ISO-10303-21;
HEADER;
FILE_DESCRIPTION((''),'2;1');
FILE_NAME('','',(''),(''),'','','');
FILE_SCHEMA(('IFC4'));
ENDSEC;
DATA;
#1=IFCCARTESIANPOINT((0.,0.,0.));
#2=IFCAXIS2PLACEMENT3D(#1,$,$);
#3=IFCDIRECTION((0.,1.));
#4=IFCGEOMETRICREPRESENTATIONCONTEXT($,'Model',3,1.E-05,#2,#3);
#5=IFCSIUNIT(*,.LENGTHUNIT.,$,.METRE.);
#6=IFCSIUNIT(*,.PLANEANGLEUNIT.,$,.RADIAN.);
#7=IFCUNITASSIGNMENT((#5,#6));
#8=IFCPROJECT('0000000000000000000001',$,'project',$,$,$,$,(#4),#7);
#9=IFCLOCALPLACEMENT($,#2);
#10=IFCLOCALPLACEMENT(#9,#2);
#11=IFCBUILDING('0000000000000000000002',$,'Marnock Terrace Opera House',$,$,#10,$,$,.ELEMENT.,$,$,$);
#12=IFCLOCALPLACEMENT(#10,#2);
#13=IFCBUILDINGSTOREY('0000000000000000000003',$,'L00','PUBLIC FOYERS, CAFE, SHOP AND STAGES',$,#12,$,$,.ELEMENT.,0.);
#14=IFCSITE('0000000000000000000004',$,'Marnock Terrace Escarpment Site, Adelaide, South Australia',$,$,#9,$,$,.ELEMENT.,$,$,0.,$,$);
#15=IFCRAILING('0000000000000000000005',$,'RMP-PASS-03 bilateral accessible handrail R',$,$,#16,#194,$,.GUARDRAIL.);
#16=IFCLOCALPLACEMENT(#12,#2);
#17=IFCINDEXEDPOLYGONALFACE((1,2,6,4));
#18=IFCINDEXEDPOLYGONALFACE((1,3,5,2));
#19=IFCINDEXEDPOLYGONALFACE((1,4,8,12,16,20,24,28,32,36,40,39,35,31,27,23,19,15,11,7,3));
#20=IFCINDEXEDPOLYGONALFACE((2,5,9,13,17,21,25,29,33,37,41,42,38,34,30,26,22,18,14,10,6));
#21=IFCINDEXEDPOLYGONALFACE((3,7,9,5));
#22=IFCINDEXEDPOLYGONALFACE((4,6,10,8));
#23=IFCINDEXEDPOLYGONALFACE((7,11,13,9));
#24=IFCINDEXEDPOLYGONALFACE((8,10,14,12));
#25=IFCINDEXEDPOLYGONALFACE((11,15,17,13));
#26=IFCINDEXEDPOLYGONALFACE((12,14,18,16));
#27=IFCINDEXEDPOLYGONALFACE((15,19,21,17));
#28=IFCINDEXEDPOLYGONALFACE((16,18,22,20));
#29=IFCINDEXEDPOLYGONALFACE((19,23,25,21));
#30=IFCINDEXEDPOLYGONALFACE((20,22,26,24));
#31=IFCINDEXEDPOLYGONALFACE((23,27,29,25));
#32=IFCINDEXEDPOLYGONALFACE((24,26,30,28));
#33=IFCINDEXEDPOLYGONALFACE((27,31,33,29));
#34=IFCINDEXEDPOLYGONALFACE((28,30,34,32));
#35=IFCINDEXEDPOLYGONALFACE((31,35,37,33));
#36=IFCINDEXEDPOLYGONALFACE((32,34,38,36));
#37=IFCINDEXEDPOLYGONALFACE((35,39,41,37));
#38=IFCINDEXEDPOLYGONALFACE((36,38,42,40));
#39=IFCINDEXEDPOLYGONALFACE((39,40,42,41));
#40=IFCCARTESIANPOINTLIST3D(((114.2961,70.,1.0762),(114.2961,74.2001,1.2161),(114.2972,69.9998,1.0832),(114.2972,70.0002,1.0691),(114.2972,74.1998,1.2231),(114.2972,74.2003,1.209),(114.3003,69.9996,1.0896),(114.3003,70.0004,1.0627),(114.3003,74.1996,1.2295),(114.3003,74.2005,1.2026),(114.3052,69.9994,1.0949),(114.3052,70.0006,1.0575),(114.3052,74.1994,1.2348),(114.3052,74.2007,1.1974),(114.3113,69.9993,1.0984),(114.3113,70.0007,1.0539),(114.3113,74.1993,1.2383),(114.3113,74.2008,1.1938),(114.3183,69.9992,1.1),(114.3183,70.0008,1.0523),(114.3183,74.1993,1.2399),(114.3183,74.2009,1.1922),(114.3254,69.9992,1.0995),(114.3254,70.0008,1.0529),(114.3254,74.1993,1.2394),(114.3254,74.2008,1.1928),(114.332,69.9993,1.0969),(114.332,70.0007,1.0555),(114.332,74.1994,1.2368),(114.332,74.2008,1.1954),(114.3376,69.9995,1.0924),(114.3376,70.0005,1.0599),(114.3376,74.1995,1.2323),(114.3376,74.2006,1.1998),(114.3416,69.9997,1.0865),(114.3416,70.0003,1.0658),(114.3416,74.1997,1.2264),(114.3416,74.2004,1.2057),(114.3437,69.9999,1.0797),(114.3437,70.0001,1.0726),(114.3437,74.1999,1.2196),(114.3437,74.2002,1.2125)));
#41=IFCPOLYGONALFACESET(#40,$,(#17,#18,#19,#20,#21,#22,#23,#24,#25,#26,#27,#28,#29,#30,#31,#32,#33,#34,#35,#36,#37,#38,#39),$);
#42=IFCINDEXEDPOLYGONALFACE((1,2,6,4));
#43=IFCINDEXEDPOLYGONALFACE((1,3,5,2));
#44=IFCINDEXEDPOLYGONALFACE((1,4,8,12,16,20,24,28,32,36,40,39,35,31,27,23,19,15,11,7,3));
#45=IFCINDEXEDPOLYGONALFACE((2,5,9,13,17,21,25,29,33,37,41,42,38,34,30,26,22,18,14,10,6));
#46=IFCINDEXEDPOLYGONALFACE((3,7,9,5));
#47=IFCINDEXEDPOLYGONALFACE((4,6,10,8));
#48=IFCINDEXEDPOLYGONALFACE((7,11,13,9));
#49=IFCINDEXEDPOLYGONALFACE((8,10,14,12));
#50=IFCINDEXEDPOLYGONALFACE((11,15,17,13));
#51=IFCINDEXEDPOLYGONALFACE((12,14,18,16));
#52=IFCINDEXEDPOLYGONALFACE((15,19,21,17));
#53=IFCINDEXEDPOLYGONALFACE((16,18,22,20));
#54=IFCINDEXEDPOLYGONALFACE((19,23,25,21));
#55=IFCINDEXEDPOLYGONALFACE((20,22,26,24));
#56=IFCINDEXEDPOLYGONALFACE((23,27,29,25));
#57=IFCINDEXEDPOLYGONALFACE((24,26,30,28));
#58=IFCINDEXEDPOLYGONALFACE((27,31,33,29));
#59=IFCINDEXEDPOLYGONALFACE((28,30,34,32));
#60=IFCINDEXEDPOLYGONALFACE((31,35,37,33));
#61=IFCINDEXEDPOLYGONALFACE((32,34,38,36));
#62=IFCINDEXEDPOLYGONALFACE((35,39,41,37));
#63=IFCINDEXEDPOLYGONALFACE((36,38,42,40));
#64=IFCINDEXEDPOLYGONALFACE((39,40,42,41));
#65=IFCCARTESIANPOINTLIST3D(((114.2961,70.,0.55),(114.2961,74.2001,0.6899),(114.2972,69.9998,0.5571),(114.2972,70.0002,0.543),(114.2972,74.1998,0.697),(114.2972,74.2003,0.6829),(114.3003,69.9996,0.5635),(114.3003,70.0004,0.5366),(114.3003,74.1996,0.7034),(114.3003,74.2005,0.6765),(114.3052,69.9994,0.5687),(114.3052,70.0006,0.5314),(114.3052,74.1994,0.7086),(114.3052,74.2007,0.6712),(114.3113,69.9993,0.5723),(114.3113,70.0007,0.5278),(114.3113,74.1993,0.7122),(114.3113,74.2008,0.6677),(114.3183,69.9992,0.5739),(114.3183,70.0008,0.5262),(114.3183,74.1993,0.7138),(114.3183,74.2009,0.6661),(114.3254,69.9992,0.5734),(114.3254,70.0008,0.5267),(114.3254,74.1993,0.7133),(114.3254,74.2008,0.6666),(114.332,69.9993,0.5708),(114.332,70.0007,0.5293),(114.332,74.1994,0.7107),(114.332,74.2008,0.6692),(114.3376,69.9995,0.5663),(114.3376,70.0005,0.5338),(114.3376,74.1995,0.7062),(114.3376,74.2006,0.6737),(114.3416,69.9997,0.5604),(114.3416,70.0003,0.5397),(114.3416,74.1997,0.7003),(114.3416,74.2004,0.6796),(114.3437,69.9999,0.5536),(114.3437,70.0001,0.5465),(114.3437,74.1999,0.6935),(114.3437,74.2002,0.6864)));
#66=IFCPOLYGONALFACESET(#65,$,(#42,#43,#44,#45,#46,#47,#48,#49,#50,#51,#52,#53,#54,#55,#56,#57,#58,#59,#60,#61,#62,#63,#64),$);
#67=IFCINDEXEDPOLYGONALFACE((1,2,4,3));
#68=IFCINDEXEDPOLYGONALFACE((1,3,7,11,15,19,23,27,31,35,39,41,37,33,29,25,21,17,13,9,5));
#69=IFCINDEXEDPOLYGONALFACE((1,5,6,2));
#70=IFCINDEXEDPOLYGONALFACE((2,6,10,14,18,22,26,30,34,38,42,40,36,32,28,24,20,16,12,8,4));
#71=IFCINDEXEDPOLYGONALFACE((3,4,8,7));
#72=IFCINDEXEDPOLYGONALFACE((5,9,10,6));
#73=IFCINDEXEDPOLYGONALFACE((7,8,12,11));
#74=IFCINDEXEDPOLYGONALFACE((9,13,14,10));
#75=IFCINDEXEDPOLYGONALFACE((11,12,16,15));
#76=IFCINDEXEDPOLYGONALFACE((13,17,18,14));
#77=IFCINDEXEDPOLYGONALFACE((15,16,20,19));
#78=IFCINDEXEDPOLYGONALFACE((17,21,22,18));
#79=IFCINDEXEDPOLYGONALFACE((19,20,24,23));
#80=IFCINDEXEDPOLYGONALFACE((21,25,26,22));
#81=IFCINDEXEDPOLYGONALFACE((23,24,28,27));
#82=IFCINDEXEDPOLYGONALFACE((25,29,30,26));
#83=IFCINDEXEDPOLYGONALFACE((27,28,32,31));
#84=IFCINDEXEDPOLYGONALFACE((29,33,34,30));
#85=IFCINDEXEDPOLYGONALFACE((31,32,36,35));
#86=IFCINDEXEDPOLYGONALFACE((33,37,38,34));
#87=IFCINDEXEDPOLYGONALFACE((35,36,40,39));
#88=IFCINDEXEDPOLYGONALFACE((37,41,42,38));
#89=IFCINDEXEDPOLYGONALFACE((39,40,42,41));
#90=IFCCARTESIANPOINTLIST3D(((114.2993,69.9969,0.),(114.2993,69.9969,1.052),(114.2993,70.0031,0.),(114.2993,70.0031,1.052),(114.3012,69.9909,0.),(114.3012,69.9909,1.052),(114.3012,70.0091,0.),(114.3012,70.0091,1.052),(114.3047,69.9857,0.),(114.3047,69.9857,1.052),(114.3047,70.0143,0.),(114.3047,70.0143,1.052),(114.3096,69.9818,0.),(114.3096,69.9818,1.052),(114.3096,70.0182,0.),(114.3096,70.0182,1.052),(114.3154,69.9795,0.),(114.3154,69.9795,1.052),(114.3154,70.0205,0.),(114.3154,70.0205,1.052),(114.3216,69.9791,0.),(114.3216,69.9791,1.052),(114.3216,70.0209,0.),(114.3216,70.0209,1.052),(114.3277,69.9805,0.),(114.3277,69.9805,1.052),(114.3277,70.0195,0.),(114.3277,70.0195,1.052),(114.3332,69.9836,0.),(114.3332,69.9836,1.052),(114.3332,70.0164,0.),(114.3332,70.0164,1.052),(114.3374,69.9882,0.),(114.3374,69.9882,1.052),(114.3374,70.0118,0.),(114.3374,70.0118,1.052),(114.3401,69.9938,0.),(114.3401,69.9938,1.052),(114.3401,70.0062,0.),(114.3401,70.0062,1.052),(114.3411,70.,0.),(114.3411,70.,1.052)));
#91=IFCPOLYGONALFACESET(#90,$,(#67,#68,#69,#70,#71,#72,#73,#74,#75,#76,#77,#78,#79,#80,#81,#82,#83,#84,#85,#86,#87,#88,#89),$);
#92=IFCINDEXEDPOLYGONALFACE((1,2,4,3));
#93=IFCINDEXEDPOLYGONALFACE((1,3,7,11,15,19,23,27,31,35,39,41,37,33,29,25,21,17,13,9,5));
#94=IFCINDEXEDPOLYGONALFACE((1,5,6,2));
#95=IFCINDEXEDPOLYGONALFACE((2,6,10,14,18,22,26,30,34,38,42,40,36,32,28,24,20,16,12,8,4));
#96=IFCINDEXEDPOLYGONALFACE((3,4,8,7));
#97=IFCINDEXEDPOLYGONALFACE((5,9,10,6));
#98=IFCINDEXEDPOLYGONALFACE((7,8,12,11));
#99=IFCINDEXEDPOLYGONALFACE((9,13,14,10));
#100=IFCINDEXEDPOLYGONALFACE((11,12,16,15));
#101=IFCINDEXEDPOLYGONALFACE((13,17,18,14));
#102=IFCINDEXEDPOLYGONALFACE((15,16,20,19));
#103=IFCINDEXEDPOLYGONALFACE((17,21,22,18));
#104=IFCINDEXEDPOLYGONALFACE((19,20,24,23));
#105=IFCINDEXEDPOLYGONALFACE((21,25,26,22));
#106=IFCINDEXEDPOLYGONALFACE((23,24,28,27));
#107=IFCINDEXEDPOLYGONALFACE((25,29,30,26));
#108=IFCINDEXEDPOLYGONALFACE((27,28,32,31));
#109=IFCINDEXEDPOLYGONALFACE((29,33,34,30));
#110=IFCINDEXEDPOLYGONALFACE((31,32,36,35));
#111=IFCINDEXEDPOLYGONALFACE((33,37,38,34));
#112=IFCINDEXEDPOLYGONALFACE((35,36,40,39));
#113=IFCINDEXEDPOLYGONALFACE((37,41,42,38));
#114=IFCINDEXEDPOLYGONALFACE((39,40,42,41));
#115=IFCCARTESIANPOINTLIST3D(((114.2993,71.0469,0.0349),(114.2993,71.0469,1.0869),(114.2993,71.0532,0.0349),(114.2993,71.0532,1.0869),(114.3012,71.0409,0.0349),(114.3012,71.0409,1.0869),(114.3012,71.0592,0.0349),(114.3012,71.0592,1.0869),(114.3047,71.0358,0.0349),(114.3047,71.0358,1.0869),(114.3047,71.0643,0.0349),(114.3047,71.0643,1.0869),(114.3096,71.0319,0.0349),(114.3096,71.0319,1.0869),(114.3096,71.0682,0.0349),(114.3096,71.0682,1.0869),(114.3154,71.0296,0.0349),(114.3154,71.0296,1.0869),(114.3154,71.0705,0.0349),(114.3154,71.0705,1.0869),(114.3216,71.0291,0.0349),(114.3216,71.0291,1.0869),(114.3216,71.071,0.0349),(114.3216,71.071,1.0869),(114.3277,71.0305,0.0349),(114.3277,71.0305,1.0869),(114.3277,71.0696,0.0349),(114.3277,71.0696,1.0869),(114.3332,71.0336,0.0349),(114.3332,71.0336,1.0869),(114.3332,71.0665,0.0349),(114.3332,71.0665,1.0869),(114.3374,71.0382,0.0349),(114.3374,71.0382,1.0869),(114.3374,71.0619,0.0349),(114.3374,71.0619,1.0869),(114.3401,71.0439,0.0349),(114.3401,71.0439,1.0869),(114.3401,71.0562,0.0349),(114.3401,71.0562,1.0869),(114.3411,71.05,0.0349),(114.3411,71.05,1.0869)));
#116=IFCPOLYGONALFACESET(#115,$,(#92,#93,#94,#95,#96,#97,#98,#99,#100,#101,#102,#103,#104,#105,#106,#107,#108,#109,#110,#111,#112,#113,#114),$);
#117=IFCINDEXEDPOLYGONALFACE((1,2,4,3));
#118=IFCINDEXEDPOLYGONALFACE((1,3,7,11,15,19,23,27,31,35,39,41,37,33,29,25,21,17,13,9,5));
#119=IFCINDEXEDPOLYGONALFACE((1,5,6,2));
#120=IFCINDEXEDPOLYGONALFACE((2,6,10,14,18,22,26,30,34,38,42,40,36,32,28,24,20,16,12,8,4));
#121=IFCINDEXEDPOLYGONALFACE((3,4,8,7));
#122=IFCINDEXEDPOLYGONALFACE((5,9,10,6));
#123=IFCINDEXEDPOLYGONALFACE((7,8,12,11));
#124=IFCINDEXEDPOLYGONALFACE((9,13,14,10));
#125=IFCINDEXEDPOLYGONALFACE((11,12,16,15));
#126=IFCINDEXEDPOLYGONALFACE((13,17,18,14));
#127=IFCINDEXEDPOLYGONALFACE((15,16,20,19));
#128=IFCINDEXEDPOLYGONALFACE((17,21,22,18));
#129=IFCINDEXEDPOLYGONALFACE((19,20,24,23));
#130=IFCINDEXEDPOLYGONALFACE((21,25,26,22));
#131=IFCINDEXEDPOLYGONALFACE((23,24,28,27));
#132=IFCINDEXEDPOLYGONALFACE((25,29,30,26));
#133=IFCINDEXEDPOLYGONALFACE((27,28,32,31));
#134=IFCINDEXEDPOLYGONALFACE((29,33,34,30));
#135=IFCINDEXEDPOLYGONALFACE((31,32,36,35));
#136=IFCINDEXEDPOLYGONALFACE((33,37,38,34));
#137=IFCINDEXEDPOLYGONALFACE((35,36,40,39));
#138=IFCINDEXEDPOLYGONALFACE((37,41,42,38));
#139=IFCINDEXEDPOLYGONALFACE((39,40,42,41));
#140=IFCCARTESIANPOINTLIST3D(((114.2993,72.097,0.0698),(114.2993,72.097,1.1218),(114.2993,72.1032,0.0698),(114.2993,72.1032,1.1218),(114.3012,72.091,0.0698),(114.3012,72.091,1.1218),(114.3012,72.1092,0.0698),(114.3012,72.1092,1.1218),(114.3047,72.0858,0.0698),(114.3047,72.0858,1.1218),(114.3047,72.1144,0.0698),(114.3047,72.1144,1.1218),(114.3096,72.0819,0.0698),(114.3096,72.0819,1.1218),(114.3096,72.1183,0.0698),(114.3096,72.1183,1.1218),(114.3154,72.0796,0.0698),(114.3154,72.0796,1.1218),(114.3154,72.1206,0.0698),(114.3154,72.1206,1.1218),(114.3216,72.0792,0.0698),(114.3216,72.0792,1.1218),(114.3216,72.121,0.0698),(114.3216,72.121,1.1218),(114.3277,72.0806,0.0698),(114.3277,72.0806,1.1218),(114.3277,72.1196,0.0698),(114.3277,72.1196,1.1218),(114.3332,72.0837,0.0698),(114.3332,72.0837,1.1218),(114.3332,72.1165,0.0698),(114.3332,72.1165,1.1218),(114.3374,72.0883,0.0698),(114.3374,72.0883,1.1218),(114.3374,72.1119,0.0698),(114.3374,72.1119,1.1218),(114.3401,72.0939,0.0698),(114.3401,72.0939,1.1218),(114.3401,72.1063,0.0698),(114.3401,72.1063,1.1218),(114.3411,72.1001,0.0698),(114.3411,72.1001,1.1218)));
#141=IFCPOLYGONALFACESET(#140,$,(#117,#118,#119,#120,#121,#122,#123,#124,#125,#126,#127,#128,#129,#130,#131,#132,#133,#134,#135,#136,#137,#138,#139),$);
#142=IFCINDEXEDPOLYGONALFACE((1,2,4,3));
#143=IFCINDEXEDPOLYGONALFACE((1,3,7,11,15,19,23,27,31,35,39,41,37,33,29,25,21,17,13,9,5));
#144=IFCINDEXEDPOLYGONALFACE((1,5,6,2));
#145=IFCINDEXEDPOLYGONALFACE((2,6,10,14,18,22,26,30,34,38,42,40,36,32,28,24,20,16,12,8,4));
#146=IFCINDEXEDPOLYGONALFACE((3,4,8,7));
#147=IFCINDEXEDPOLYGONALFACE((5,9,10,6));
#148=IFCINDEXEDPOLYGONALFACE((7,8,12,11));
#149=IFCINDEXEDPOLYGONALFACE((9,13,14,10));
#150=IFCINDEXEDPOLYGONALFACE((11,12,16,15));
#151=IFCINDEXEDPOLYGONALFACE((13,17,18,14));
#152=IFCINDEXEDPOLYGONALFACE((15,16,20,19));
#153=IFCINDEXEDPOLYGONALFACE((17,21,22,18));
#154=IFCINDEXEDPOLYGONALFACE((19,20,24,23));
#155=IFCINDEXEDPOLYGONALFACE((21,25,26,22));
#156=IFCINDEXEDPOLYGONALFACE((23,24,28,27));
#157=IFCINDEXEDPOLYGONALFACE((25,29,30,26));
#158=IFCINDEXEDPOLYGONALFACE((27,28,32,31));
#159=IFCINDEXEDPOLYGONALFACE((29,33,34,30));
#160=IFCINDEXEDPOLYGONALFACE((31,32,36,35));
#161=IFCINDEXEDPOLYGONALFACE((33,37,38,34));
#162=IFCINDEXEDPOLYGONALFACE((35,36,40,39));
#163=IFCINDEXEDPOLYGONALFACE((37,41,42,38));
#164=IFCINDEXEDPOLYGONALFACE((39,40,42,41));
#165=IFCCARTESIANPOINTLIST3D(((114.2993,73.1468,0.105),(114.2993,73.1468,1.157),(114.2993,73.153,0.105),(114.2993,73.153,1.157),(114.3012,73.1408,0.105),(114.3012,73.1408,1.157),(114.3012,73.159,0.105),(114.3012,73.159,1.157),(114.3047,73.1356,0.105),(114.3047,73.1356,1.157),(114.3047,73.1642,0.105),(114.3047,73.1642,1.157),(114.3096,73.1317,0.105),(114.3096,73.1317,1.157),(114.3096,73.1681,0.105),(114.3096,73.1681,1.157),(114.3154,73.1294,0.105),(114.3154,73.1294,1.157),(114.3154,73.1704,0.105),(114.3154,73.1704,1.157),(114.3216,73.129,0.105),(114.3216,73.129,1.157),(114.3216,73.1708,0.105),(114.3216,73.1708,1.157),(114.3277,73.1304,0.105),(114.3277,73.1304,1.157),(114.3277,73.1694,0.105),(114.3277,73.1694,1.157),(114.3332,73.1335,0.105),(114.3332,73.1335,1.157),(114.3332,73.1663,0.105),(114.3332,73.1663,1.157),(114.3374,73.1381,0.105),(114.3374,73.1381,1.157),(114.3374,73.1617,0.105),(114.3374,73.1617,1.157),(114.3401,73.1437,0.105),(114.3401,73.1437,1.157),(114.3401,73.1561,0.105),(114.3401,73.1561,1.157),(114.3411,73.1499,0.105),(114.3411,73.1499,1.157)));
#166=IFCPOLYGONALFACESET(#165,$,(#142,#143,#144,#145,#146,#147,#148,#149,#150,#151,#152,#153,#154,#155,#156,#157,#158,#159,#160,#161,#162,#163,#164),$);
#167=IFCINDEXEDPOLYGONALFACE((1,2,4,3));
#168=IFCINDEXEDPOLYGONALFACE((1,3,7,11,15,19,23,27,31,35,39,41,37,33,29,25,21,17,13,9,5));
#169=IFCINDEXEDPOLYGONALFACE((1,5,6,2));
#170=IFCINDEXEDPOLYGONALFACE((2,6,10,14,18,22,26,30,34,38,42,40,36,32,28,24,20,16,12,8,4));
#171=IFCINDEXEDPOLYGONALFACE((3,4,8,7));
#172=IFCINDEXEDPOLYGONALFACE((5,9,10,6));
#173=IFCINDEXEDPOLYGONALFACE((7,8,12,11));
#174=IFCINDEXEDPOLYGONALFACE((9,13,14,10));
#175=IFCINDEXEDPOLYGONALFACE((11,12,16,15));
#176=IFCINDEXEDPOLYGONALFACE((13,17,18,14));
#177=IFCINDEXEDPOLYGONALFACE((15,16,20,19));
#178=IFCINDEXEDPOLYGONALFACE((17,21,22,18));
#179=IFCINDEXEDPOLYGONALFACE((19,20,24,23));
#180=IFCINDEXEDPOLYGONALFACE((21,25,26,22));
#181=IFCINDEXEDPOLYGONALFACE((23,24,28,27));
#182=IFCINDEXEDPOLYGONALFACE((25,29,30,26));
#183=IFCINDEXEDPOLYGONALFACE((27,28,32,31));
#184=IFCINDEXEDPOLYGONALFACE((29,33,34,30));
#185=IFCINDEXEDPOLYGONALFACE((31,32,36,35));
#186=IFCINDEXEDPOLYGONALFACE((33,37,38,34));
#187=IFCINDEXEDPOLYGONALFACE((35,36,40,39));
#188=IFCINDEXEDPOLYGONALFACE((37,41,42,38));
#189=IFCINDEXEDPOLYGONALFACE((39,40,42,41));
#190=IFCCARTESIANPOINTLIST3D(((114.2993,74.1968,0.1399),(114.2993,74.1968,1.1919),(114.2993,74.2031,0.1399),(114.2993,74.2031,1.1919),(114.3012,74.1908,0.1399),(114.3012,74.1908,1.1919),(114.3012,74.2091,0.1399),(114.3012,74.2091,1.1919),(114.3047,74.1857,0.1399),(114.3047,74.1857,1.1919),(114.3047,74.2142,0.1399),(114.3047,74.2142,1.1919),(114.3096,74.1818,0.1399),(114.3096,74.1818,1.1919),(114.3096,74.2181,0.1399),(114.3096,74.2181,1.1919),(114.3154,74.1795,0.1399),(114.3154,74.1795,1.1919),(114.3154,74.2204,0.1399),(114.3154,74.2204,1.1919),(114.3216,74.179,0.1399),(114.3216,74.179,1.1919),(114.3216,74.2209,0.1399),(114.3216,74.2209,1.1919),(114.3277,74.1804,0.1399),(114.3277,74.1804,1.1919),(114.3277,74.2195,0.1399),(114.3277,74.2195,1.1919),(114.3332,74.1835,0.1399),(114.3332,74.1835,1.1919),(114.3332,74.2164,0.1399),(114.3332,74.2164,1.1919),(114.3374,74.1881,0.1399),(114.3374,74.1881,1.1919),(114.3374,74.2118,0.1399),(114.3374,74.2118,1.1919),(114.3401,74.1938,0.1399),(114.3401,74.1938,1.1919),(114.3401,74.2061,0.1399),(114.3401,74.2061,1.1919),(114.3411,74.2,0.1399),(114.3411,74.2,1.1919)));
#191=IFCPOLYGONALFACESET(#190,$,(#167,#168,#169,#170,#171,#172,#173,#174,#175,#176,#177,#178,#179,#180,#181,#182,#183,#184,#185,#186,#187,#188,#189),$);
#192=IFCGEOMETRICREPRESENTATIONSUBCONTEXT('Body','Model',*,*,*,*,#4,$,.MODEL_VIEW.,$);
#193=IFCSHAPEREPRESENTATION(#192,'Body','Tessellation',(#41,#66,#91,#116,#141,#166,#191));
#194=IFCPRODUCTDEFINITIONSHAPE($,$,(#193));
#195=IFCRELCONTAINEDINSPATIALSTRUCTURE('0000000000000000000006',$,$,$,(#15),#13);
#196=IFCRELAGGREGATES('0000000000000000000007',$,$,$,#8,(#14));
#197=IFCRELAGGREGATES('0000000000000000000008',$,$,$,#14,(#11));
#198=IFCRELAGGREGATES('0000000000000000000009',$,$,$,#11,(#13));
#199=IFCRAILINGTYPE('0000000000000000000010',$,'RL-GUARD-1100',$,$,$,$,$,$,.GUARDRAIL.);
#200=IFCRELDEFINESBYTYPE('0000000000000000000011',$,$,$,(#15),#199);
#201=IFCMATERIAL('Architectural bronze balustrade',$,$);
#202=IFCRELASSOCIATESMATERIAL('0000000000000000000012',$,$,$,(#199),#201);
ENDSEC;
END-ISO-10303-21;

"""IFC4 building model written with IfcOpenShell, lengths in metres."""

from ifc_helpers import new_model, si_unit, direction, frame, origin, origin_2d, place, context, subcontext, project, spatial, circle, extrude, material, type_object, element, save


model = new_model("IFC4")

# Units and contexts
model_context = context("Model", 3, precision=1e-05, world=origin(), true_north=direction((0.0, 1.0)))
body_context = subcontext(model_context, "Body", "Model", "MODEL_VIEW")
ifc_project = project(units=[si_unit("LENGTHUNIT", "METRE"), si_unit("PLANEANGLEUNIT", "RADIAN")], contexts=[model_context])

# Site, building, storey
site_placement = place(None, origin())
site = spatial("IfcSite", under=ifc_project, at=site_placement, Name="Marnock Terrace Escarpment Site, Adelaide, South Australia", CompositionType="ELEMENT", RefElevation=0.0)
building_placement = place(site_placement, origin())
building = spatial("IfcBuilding", under=site, at=building_placement, Name="Marnock Terrace Opera House", CompositionType="ELEMENT")
storey_placement = place(building_placement, origin())
storey = spatial("IfcBuildingStorey", under=building, at=storey_placement, Name="L00", Description="PUBLIC FOYERS, CAFE, SHOP AND STAGES", CompositionType="ELEMENT", Elevation=0.0)

# Railing
ifc_material_1 = material(Name="Architectural bronze balustrade")
railing_type = type_object("IfcRailingType", Name="RL-GUARD-1100", PredefinedType="GUARDRAIL", material=ifc_material_1)
for number, where, name in (
    (1, (114.3201, 70.0, 0.0), "RMP-PASS-03 bilateral accessible handrail R"),
):
    element("IfcRailing", number, at=place(storey_placement, frame(where)), inside=storey, type_object=railing_type, Name=name, PredefinedType="GUARDRAIL", context=body_context, shape_type="SweptSolid", body=[
        extrude(circle(Radius=0.0239, at=origin_2d()), frame((0.0, 0.0, 1.0762), z_axis=(0.0, 0.999446, 0.03329), x_axis=(-1.0, 0.0, 0.0)), (0.0, 0.0, 1.0), 4.2024),
        extrude(circle(Radius=0.0239, at=origin_2d()), frame((0.0, 0.0, 0.55), z_axis=(0.0, 0.999446, 0.03329), x_axis=(-1.0, 0.0, 0.0)), (0.0, 0.0, 1.0), 4.2024),
        extrude(circle(Radius=0.021, at=origin_2d()), origin(), (0.0, 0.0, 1.0), 1.052),
        extrude(circle(Radius=0.021, at=origin_2d()), frame((0.0, 1.05, 0.0349)), (0.0, 0.0, 1.0), 1.052),
        extrude(circle(Radius=0.021, at=origin_2d()), frame((0.0, 2.1001, 0.0698)), (0.0, 0.0, 1.0), 1.052),
        extrude(circle(Radius=0.021, at=origin_2d()), frame((0.0, 3.1499, 0.105)), (0.0, 0.0, 1.0), 1.052),
        extrude(circle(Radius=0.021, at=origin_2d()), frame((0.0, 4.2, 0.1399)), (0.0, 0.0, 1.0), 1.052),
    ])

save(model, "model.ifc")
